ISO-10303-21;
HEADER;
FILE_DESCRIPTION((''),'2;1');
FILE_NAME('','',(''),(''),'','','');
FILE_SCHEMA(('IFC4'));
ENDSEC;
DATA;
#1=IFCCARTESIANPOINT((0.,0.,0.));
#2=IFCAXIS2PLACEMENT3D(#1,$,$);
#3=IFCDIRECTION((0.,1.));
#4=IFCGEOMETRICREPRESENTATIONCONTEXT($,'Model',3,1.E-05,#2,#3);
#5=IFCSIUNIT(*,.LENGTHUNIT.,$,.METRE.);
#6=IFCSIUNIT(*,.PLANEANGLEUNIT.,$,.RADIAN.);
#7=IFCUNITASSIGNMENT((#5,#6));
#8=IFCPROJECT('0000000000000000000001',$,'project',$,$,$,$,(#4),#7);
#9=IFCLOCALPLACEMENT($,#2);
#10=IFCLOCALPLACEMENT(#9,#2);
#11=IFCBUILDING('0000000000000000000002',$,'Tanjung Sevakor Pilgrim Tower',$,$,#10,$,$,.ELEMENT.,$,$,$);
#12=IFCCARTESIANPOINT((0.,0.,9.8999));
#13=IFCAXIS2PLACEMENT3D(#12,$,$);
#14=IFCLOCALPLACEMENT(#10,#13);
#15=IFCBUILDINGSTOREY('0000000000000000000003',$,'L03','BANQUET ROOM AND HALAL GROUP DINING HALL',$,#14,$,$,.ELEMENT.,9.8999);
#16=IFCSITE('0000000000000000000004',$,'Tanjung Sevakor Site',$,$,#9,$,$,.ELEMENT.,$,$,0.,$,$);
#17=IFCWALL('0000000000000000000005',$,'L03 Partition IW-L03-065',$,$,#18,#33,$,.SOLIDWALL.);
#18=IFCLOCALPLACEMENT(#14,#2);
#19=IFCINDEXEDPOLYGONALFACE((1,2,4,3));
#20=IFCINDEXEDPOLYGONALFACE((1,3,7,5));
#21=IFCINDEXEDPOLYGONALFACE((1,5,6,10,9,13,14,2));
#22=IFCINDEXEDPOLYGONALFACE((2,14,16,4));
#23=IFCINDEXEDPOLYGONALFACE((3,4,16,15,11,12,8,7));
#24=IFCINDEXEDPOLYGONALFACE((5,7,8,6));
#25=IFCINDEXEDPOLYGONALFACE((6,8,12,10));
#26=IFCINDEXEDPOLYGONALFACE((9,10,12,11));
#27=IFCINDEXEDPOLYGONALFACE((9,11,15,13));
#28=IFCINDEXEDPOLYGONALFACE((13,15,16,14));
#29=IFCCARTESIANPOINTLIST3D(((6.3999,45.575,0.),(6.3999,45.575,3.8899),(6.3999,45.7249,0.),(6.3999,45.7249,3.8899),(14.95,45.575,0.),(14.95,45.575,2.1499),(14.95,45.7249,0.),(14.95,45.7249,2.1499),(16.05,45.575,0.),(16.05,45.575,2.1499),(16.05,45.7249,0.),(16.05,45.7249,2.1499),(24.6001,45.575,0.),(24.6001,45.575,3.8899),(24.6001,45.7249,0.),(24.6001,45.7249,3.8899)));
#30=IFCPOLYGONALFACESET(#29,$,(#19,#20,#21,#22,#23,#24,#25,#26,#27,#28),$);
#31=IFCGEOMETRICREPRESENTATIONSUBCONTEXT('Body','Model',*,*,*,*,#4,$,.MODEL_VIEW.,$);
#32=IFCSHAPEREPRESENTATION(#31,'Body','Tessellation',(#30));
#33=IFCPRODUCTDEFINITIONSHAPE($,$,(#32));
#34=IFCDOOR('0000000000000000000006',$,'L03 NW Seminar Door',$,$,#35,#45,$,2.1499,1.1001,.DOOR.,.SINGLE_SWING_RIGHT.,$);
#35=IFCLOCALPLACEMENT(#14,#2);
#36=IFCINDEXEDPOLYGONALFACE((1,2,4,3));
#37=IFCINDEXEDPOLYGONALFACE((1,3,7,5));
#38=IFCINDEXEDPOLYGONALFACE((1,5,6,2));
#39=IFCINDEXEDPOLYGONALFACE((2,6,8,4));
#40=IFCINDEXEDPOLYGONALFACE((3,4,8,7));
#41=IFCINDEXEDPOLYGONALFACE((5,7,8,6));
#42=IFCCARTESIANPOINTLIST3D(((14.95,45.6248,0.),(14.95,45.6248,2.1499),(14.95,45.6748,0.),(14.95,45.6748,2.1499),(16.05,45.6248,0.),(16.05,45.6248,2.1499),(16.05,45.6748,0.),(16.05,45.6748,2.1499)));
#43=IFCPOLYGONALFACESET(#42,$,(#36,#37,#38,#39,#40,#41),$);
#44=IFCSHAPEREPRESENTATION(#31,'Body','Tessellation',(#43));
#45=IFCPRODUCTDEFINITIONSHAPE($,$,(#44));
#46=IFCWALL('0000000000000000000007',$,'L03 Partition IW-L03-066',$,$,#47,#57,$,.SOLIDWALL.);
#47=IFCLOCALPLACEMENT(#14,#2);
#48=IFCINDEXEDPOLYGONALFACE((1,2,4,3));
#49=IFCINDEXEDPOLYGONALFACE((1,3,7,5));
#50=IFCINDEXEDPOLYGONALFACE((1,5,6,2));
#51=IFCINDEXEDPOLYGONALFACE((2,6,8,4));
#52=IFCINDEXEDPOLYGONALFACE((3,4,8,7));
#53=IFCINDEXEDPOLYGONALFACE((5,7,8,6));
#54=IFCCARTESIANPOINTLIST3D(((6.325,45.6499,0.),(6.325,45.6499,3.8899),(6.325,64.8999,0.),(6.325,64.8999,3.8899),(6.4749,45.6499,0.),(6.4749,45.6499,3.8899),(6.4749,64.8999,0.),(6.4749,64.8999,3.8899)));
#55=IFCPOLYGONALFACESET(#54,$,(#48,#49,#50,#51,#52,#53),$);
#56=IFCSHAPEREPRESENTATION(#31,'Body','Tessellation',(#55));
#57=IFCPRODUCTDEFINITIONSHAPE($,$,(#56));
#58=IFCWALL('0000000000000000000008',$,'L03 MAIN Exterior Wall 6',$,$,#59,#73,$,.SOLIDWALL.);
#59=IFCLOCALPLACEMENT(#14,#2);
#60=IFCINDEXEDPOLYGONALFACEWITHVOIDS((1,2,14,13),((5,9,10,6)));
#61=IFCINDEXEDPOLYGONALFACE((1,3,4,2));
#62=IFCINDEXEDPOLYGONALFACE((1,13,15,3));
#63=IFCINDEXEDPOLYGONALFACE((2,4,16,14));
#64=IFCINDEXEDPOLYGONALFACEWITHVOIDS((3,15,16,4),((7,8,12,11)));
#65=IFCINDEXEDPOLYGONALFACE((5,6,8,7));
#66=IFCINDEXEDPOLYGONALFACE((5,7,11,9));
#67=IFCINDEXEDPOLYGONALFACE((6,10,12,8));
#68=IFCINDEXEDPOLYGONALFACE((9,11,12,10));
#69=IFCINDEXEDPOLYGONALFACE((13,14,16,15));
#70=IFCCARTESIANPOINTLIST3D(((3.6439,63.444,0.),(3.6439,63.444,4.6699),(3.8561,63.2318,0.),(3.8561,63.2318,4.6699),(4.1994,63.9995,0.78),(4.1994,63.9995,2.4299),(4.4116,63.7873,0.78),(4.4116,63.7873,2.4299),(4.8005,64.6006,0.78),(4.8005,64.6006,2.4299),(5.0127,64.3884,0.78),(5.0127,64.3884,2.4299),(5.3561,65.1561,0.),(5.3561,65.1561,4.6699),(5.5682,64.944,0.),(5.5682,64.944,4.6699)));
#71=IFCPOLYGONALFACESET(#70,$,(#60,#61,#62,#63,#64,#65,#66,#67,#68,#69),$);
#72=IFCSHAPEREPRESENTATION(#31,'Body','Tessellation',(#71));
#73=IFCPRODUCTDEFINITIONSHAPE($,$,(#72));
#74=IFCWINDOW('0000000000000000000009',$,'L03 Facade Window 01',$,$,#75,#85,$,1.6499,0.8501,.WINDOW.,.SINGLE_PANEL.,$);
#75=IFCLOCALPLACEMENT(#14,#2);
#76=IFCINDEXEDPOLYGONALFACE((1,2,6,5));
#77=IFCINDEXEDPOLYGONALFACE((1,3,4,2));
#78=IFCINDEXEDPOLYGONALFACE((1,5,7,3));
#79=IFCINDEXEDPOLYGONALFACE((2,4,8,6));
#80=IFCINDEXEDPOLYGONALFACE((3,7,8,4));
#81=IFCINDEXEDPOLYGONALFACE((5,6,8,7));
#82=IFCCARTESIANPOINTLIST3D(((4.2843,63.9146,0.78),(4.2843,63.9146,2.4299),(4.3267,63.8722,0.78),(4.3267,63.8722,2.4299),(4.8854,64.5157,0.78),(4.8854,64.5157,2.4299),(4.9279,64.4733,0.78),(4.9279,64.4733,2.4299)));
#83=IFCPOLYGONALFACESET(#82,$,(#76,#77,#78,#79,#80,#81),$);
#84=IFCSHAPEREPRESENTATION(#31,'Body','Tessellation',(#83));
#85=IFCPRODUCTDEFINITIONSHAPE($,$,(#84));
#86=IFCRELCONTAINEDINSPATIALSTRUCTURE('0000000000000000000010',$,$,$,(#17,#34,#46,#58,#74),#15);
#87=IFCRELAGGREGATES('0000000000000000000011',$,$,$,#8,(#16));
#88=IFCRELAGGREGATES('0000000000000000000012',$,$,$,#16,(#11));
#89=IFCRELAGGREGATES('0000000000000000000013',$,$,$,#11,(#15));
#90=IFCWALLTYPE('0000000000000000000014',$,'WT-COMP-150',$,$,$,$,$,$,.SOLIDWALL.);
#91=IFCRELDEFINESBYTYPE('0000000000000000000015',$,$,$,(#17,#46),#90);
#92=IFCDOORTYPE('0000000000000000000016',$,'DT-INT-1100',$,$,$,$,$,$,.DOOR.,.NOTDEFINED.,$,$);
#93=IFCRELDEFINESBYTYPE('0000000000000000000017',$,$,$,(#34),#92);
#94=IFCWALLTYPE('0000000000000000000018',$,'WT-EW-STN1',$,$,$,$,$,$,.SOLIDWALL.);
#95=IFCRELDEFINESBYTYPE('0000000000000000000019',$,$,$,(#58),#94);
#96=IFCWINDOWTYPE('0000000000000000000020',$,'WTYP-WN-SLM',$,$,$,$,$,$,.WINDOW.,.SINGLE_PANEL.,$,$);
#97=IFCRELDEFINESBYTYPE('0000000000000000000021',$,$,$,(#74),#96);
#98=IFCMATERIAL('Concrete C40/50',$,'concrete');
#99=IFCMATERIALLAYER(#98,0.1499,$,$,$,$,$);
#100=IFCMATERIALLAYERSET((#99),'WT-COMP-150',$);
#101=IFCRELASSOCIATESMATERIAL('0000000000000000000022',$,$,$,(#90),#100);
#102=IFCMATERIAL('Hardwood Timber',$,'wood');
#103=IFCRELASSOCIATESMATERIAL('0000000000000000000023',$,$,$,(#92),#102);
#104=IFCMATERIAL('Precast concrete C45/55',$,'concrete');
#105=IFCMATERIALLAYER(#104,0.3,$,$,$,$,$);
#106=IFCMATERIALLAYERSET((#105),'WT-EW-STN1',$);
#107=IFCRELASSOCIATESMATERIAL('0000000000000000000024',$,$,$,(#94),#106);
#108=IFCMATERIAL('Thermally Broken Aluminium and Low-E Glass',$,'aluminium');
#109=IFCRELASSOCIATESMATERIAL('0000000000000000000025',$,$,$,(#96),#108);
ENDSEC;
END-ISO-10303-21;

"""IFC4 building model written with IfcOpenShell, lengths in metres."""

from ifc_helpers import new_model, si_unit, direction, frame, frame_2d, origin, place, context, subcontext, project, spatial, rectangle, extrude, material, layer, layer_set, type_object, element, fill, save


model = new_model("IFC4")

# Units and contexts
model_context = context("Model", 3, precision=1e-05, world=origin(), true_north=direction((0.0, 1.0)))
body_context = subcontext(model_context, "Body", "Model", "MODEL_VIEW")
ifc_project = project(units=[si_unit("LENGTHUNIT", "METRE"), si_unit("PLANEANGLEUNIT", "RADIAN")], contexts=[model_context])

# Site, building, storey
site_placement = place(None, origin())
site = spatial("IfcSite", under=ifc_project, at=site_placement, Name="Tanjung Sevakor Site", CompositionType="ELEMENT", RefElevation=0.0)
building_placement = place(site_placement, origin())
building = spatial("IfcBuilding", under=site, at=building_placement, Name="Tanjung Sevakor Pilgrim Tower", CompositionType="ELEMENT")
storey_placement = place(building_placement, frame((0.0, 0.0, 9.8999)))
storey = spatial("IfcBuildingStorey", under=building, at=storey_placement, Name="L03", Description="BANQUET ROOM AND HALAL GROUP DINING HALL", CompositionType="ELEMENT", Elevation=9.8999)

# Shared definitions
ifc_material_1 = material(Name="Concrete C40/50", Category="concrete")
ifc_layer_1 = layer(ifc_material_1, 0.1499)
ifc_layer_set_1 = layer_set([ifc_layer_1], Name="WT-COMP-150")
wall_type_1 = type_object("IfcWallType", Name="WT-COMP-150", PredefinedType="SOLIDWALL", material=ifc_layer_set_1)

# Wall, opening, door
wall_1_placement = place(storey_placement, frame((6.3999, 45.6499, 0.0), z_axis=(0.0, 0.0, 1.0), x_axis=(1.0, 0.0, 0.0)))
wall_1 = element("IfcWall", 1, at=wall_1_placement, inside=storey, type_object=wall_type_1, Name="L03 Partition IW-L03-065", PredefinedType="SOLIDWALL", context=body_context, shape_type="SweptSolid", body=[
    extrude(rectangle(XDim=18.2002, YDim=0.1499, at=frame_2d((9.1001, 0.0))), origin(), (0.0, 0.0, 1.0), 3.8899),
])
opening_1_placement = place(wall_1_placement, frame((8.55, 0.0, 0.0)))
opening_1 = element("IfcOpeningElement", 2, at=opening_1_placement, cuts=wall_1, PredefinedType="OPENING", context=body_context, shape_type="SweptSolid", body=[
    extrude(rectangle(XDim=1.1001, YDim=2.1499, at=frame_2d((0.55, 1.075))), frame((0.0, 0.085, 0.0), z_axis=(0.0, -1.0, 0.0), x_axis=(1.0, 0.0, 0.0)), (0.0, 0.0, 1.0), 0.1699),
])
ifc_material_2 = material(Name="Hardwood Timber", Category="wood")
door_type = type_object("IfcDoorType", Name="DT-INT-1100", OperationType="NOTDEFINED", PredefinedType="DOOR", material=ifc_material_2)
door_placement = place(opening_1_placement, origin())
door = element("IfcDoor", 3, at=door_placement, inside=storey, type_object=door_type, Name="L03 NW Seminar Door", OperationType="SINGLE_SWING_RIGHT", OverallHeight=2.1499, OverallWidth=1.1001, PredefinedType="DOOR", context=body_context, shape_type="SweptSolid", body=[
    extrude(rectangle(XDim=1.1001, YDim=2.1499, at=frame_2d((0.55, 1.075))), frame((0.0, 0.0249, 0.0), z_axis=(0.0, -1.0, 0.0), x_axis=(1.0, 0.0, 0.0)), (0.0, 0.0, 1.0), 0.05),
])
fill(opening_1, door)

# Wall
wall_2_placement = place(storey_placement, frame((6.3999, 45.6499, 0.0), z_axis=(0.0, 0.0, 1.0), x_axis=(0.0, 1.0, 0.0)))
element("IfcWall", 4, at=wall_2_placement, inside=storey, type_object=wall_type_1, Name="L03 Partition IW-L03-066", PredefinedType="SOLIDWALL", context=body_context, shape_type="SweptSolid", body=[
    extrude(rectangle(XDim=19.25, YDim=0.1499, at=frame_2d((9.625, 0.0))), origin(), (0.0, 0.0, 1.0), 3.8899),
])

# Wall, opening, window
ifc_material_3 = material(Name="Precast concrete C45/55", Category="concrete")
ifc_layer_2 = layer(ifc_material_3, 0.3)
ifc_layer_set_2 = layer_set([ifc_layer_2], Name="WT-EW-STN1")
wall_type_2 = type_object("IfcWallType", Name="WT-EW-STN1", PredefinedType="SOLIDWALL", material=ifc_layer_set_2)
wall_3_placement = place(storey_placement, frame((5.4622, 65.05, 0.0), z_axis=(0.0, 0.0, 1.0), x_axis=(-0.707107, -0.707107, 0.0)))
wall_3 = element("IfcWall", 5, at=wall_3_placement, inside=storey, type_object=wall_type_2, Name="L03 MAIN Exterior Wall 6", PredefinedType="SOLIDWALL", context=body_context, shape_type="SweptSolid", body=[
    extrude(rectangle(XDim=2.4214, YDim=0.3, at=frame_2d((1.2107, 0.0))), origin(), (0.0, 0.0, 1.0), 4.6699),
])
opening_2_placement = place(wall_3_placement, frame((0.7856, 0.0, 0.78)))
opening_2 = element("IfcOpeningElement", 6, at=opening_2_placement, cuts=wall_3, PredefinedType="OPENING", context=body_context, shape_type="SweptSolid", body=[
    extrude(rectangle(XDim=0.8501, YDim=1.6499, at=frame_2d((0.425, 0.825))), frame((0.0, 0.1599, 0.0), z_axis=(0.0, -1.0, 0.0), x_axis=(1.0, 0.0, 0.0)), (0.0, 0.0, 1.0), 0.3201),
])
ifc_material_4 = material(Name="Thermally Broken Aluminium and Low-E Glass", Category="aluminium")
window_type_1 = type_object("IfcWindowType", Name="WTYP-WN-SLM", PartitioningType="SINGLE_PANEL", PredefinedType="WINDOW", material=ifc_material_4)
window_1_placement = place(opening_2_placement, origin())
window_1 = element("IfcWindow", 7, at=window_1_placement, inside=storey, type_object=window_type_1, Name="L03 Facade Window 01", OverallHeight=1.6499, OverallWidth=0.8501, PartitioningType="SINGLE_PANEL", PredefinedType="WINDOW", context=body_context, shape_type="SweptSolid", body=[
    extrude(rectangle(XDim=0.8501, YDim=1.6499, at=frame_2d((0.425, 0.825))), frame((0.0, 0.03, 0.0), z_axis=(0.0, -1.0, 0.0), x_axis=(1.0, 0.0, 0.0)), (0.0, 0.0, 1.0), 0.0601),
])
fill(opening_2, window_1)

save(model, "model.ifc")
